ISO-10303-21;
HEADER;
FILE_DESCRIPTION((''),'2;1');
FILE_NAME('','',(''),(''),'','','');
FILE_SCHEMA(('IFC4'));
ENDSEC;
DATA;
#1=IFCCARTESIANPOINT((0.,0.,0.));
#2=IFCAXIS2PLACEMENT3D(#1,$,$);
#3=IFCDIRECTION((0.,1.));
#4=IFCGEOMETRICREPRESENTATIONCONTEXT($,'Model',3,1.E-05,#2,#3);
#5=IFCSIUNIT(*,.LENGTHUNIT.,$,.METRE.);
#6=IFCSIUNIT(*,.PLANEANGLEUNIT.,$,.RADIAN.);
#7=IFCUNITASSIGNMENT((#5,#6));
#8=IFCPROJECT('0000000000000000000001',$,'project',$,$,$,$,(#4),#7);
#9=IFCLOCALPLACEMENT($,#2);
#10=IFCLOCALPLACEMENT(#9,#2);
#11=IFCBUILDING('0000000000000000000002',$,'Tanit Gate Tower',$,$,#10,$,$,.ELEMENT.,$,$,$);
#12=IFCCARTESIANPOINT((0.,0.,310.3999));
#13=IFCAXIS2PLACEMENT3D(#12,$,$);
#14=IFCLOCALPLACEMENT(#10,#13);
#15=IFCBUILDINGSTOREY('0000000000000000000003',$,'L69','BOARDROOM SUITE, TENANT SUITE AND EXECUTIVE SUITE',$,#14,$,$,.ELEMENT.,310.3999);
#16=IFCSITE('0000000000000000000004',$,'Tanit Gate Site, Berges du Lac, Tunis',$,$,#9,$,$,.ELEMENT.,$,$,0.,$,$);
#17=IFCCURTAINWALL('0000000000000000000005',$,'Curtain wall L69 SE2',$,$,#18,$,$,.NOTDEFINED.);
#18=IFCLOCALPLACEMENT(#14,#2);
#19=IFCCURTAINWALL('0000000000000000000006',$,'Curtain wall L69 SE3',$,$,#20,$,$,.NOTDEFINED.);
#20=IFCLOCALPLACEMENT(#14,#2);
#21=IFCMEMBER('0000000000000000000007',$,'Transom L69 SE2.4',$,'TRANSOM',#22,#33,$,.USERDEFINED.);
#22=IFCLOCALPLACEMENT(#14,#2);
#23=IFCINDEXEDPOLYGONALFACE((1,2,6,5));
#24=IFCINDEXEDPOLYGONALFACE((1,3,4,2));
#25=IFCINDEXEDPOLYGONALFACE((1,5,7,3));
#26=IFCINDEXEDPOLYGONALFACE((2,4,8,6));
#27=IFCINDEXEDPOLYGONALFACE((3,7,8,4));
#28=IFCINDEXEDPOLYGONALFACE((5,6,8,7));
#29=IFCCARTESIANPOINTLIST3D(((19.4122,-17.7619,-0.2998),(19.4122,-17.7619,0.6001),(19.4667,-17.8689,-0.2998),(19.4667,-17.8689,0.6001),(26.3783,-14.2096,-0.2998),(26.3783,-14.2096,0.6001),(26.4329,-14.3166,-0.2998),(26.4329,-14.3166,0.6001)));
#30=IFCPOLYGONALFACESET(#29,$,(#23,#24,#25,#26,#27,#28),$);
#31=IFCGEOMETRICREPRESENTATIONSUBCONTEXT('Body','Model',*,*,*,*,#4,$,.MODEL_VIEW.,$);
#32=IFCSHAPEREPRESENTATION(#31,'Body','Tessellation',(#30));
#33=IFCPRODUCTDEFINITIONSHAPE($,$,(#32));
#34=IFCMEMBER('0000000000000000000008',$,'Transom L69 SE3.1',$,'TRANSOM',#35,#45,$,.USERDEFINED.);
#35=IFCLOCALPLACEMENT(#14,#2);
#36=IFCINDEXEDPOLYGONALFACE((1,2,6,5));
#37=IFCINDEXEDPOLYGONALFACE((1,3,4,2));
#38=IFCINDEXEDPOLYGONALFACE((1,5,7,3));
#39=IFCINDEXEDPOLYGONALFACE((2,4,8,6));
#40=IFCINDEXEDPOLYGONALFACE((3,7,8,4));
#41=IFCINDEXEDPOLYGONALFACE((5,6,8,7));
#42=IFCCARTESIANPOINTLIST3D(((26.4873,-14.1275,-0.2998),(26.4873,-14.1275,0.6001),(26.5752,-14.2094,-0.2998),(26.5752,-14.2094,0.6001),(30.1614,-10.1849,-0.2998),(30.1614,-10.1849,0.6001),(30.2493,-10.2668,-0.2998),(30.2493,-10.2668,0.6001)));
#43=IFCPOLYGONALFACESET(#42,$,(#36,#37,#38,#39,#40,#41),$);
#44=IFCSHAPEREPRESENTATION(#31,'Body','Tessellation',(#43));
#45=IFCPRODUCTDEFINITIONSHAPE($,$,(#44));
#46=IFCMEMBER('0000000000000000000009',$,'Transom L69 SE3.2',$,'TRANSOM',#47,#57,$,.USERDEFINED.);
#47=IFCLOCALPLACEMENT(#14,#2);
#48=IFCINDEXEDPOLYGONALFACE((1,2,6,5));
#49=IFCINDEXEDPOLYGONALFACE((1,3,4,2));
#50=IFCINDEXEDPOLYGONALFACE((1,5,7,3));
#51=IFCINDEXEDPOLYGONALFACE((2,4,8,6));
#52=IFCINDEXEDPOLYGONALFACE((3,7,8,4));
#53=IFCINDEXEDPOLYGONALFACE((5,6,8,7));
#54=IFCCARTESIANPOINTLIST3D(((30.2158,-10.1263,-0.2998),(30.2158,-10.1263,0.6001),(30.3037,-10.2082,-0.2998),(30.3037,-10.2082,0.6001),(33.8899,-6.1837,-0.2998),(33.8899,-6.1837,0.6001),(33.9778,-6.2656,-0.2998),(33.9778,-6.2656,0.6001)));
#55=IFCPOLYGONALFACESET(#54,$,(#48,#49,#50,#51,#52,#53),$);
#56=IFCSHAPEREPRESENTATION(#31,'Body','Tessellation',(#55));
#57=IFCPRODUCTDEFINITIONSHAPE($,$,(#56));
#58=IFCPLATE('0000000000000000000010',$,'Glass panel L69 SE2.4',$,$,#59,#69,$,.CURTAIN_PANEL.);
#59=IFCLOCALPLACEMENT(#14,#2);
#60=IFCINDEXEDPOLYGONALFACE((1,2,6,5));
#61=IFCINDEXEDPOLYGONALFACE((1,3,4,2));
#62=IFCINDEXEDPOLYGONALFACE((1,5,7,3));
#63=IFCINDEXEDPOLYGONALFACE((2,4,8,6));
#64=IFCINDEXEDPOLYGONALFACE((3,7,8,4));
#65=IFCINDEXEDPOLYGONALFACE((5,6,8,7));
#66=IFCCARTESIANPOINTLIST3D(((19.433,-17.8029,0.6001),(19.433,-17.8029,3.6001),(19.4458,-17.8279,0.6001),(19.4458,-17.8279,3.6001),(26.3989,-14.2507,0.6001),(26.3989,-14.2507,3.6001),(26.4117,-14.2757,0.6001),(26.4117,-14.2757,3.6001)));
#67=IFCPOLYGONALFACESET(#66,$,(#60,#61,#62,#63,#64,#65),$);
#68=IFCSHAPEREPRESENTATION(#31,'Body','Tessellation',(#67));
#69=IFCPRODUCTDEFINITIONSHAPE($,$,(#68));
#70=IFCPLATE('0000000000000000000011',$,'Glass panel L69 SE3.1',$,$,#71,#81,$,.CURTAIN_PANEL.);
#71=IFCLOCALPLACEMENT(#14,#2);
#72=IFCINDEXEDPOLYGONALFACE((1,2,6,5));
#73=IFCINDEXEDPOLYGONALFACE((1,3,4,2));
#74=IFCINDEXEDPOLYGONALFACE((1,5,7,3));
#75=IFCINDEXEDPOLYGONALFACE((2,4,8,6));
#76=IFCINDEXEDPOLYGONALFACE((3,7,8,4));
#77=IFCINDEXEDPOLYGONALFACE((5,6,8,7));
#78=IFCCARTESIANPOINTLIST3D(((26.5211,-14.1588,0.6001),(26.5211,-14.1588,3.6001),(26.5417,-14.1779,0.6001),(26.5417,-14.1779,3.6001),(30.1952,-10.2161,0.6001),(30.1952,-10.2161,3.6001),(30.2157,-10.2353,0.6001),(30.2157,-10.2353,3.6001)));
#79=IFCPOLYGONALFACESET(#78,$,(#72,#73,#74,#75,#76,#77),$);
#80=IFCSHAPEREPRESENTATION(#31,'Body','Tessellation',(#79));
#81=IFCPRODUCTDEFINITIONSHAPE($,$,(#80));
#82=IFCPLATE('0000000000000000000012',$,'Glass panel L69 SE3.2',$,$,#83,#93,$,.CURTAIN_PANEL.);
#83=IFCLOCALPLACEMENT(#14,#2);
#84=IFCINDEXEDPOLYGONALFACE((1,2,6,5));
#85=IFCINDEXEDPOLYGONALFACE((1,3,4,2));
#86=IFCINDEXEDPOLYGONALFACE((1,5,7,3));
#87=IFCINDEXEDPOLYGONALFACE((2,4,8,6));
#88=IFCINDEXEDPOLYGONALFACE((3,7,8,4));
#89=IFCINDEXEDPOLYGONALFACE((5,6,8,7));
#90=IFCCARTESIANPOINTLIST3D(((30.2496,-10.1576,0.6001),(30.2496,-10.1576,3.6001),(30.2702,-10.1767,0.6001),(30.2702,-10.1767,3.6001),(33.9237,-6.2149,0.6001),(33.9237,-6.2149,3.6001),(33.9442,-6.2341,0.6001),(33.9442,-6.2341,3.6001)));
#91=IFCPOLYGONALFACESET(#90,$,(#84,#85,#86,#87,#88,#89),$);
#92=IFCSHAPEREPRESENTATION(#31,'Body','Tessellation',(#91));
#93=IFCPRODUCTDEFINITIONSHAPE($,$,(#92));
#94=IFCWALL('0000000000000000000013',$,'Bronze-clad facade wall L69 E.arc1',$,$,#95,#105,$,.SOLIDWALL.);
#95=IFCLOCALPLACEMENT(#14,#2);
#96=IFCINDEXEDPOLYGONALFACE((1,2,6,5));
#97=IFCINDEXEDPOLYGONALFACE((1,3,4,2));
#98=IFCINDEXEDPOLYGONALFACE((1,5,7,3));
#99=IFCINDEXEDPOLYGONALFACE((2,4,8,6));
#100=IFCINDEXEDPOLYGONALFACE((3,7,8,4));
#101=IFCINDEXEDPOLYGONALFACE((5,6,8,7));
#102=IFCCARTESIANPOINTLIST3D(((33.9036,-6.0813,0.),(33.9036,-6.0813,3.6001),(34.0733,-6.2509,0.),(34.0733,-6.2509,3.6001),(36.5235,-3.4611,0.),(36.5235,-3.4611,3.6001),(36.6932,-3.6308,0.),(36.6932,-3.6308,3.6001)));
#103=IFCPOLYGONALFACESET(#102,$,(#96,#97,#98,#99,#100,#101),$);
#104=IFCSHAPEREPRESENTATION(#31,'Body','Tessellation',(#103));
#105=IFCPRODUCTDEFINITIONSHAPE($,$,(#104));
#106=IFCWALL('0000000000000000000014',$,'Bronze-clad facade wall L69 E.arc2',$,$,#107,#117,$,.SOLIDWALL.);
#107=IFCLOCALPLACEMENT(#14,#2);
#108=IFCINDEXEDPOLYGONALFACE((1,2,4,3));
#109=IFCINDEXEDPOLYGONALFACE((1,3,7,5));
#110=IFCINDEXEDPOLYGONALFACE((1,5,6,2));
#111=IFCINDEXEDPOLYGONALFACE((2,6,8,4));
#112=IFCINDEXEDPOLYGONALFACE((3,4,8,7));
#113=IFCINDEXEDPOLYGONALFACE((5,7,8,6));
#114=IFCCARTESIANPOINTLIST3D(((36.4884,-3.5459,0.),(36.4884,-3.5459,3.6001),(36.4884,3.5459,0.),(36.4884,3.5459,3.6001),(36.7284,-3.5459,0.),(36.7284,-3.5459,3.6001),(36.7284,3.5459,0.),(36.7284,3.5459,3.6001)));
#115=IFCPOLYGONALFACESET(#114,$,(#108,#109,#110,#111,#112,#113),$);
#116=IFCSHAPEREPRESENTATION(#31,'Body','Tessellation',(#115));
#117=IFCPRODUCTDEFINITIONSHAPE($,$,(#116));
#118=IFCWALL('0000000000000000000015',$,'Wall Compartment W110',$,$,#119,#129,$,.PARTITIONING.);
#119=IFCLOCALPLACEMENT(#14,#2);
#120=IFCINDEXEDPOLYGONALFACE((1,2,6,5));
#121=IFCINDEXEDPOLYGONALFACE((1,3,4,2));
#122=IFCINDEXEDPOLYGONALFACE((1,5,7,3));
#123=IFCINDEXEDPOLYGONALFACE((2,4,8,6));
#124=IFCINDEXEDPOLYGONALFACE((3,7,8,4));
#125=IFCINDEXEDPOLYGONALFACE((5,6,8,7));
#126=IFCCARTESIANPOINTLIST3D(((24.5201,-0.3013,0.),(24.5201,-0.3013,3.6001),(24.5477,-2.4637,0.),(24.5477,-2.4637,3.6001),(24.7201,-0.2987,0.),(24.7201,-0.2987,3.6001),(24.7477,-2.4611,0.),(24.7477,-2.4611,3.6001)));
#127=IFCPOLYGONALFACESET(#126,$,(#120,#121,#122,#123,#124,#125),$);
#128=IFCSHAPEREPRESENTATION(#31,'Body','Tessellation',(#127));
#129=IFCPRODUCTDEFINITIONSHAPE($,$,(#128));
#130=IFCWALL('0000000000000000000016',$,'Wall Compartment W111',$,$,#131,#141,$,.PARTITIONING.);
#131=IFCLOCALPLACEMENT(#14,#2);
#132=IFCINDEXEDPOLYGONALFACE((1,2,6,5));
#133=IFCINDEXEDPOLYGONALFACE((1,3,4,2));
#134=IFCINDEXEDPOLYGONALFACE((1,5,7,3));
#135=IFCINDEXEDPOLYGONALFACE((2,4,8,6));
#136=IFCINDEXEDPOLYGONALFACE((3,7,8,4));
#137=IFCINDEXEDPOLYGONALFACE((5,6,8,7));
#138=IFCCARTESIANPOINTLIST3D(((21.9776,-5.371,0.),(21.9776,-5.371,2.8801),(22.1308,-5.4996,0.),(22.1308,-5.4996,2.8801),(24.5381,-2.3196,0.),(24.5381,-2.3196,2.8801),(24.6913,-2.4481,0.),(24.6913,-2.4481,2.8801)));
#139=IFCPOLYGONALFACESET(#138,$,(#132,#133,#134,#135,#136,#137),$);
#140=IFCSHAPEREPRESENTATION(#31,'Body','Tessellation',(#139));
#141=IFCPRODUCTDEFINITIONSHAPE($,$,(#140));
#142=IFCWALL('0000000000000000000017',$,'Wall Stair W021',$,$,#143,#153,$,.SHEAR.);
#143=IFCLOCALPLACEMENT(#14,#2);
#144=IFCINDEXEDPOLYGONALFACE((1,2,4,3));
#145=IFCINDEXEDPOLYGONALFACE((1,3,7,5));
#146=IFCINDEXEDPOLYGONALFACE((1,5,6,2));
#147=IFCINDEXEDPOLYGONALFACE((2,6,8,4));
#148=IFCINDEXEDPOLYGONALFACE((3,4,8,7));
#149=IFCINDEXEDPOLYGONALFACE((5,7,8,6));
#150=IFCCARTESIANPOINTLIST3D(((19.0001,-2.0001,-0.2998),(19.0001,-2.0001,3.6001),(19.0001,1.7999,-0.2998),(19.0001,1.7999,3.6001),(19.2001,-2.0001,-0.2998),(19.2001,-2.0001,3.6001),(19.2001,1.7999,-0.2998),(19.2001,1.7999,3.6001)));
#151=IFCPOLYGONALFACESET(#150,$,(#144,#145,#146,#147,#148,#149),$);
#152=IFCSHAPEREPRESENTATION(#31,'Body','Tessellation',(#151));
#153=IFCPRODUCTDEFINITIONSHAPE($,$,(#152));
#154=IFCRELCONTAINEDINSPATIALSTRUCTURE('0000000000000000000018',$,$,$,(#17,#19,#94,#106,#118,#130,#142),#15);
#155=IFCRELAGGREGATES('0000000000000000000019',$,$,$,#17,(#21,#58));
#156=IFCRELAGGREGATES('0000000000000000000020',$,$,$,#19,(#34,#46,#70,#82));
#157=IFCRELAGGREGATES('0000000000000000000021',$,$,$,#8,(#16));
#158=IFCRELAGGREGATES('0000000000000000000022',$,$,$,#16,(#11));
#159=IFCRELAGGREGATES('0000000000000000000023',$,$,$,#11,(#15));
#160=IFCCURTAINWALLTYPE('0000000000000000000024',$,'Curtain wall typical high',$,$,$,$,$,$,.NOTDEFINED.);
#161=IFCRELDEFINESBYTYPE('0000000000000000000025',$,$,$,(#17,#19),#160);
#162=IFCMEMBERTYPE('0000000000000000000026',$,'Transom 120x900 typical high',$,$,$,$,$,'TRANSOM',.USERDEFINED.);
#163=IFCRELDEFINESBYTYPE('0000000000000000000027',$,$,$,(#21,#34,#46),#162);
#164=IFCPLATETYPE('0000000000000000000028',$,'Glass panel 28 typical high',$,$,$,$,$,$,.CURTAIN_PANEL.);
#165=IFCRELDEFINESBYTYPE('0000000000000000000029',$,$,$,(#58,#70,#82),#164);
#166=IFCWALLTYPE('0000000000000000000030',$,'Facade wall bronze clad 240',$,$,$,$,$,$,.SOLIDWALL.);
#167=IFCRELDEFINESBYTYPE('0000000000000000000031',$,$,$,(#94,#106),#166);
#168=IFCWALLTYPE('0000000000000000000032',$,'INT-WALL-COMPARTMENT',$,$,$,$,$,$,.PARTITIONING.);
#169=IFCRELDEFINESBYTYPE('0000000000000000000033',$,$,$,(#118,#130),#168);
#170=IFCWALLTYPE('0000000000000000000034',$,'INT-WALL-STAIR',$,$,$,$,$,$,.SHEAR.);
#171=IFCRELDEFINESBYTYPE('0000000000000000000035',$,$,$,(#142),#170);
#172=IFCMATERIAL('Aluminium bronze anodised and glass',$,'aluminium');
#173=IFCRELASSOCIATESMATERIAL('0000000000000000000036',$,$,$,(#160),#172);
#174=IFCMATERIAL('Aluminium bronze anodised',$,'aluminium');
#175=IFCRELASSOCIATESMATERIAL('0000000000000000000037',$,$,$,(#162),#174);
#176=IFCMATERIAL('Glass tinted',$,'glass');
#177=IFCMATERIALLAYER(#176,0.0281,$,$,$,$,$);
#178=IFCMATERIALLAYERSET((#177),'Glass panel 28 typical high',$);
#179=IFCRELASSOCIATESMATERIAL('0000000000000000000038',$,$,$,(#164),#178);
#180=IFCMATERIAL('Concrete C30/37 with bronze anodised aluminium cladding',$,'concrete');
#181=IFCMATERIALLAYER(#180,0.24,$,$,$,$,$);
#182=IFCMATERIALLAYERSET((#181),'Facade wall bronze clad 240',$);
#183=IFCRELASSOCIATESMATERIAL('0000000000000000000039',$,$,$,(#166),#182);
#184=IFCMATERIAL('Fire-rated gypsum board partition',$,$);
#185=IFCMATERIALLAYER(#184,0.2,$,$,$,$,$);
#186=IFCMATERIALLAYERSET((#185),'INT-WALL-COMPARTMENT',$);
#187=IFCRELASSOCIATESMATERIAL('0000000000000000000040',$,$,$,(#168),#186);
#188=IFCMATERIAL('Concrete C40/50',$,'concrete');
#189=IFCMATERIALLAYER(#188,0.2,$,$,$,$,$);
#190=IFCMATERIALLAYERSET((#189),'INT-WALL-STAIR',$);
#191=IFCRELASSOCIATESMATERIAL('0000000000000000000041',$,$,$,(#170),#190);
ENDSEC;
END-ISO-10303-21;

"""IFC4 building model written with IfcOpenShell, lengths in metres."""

from ifc_helpers import new_model, si_unit, direction, frame, frame_2d, origin, origin_2d, place, context, subcontext, project, spatial, rectangle, extrude, material, layer, layer_set, material_profile, profile_set, type_object, element, aggregate, save


model = new_model("IFC4")

# Units and contexts
model_context = context("Model", 3, precision=1e-05, world=origin(), true_north=direction((0.0, 1.0)))
body_context = subcontext(model_context, "Body", "Model", "MODEL_VIEW")
ifc_project = project(units=[si_unit("LENGTHUNIT", "METRE"), si_unit("PLANEANGLEUNIT", "RADIAN")], contexts=[model_context])

# Site, building, storey
site_placement = place(None, origin())
site = spatial("IfcSite", under=ifc_project, at=site_placement, Name="Tanit Gate Site, Berges du Lac, Tunis", CompositionType="ELEMENT", RefElevation=0.0)
building_placement = place(site_placement, origin())
building = spatial("IfcBuilding", under=site, at=building_placement, Name="Tanit Gate Tower", CompositionType="ELEMENT")
storey_placement = place(building_placement, frame((0.0, 0.0, 310.3999)))
storey = spatial("IfcBuildingStorey", under=building, at=storey_placement, Name="L69", Description="BOARDROOM SUITE, TENANT SUITE AND EXECUTIVE SUITE", CompositionType="ELEMENT", Elevation=310.3999)

# Curtain wall
ifc_material_1 = material(Name="Aluminium bronze anodised and glass", Category="aluminium")
curtain_wall_type = type_object("IfcCurtainWallType", Name="Curtain wall typical high", PredefinedType="NOTDEFINED", material=ifc_material_1)
curtain_wall_1_placement = place(storey_placement, origin())
curtain_wall_1 = element("IfcCurtainWall", 1, at=curtain_wall_1_placement, inside=storey, type_object=curtain_wall_type, Name="Curtain wall L69 SE2", PredefinedType="NOTDEFINED")

# Curtain wall
curtain_wall_2_placement = place(storey_placement, origin())
curtain_wall_2 = element("IfcCurtainWall", 2, at=curtain_wall_2_placement, inside=storey, type_object=curtain_wall_type, Name="Curtain wall L69 SE3", PredefinedType="NOTDEFINED")

# Members
ifc_material_2 = material(Name="Aluminium bronze anodised", Category="aluminium")
ifc_material_profile_1 = material_profile(ifc_material_2, rectangle(XDim=0.1201, YDim=0.8999, at=origin_2d()), Name="120x900 bronze transom")
ifc_profile_set_1 = profile_set([ifc_material_profile_1], Name="Aluminium bronze anodised")
member_type_1 = type_object("IfcMemberType", Name="Transom 120x900 typical high", ElementType="TRANSOM", PredefinedType="USERDEFINED", material=ifc_profile_set_1)
member_1_placement = place(storey_placement, frame((19.4395, -17.8154, 0.1501), z_axis=(0.890859, 0.454281, 0.0), x_axis=(-0.454281, 0.890859, 0.0)))
member_1 = element("IfcMember", 3, at=member_1_placement, type_object=member_type_1, Name="Transom L69 SE2.4", ObjectType="TRANSOM", PredefinedType="USERDEFINED", context=body_context, shape_type="SweptSolid", body=[
    extrude(rectangle(XDim=0.1201, YDim=0.8999, at=origin_2d()), origin(), (0.0, 0.0, 1.0), 7.8196),
])
member_2_placement = place(storey_placement, frame((26.5312, -14.1685, 0.1501), z_axis=(0.681752, 0.731584, 0.0), x_axis=(-0.731584, 0.681752, 0.0)))
member_2 = element("IfcMember", 4, at=member_2_placement, type_object=member_type_1, Name="Transom L69 SE3.1", ObjectType="TRANSOM", PredefinedType="USERDEFINED", context=body_context, shape_type="SweptSolid", body=[
    extrude(rectangle(XDim=0.1201, YDim=0.8999, at=origin_2d()), origin(), (0.0, 0.0, 1.0), 5.3892),
])
member_3_placement = place(storey_placement, frame((30.2598, -10.1672, 0.1501), z_axis=(0.681752, 0.731584, 0.0), x_axis=(-0.731584, 0.681752, 0.0)))
member_3 = element("IfcMember", 5, at=member_3_placement, type_object=member_type_1, Name="Transom L69 SE3.2", ObjectType="TRANSOM", PredefinedType="USERDEFINED", context=body_context, shape_type="SweptSolid", body=[
    extrude(rectangle(XDim=0.1201, YDim=0.8999, at=origin_2d()), origin(), (0.0, 0.0, 1.0), 5.3892),
])

# Plates
ifc_material_3 = material(Name="Glass tinted", Category="glass")
ifc_layer_1 = layer(ifc_material_3, 0.0281)
ifc_layer_set_1 = layer_set([ifc_layer_1], Name="Glass panel 28 typical high")
plate_type = type_object("IfcPlateType", Name="Glass panel 28 typical high", PredefinedType="CURTAIN_PANEL", material=ifc_layer_set_1)
plate_1_placement = place(storey_placement, frame((22.9224, -16.0393, 0.6001), z_axis=(0.0, 0.0, 1.0), x_axis=(0.890855, 0.454288, 0.0)))
plate_1 = element("IfcPlate", 6, at=plate_1_placement, type_object=plate_type, Name="Glass panel L69 SE2.4", PredefinedType="CURTAIN_PANEL", context=body_context, shape_type="SweptSolid", body=[
    extrude(rectangle(XDim=7.8193, YDim=0.0281, at=origin_2d()), origin(), (0.0, 0.0, 1.0), 3.0),
])
aggregate(curtain_wall_1, [member_1, plate_1])
plate_2_placement = place(storey_placement, frame((28.3684, -12.197, 0.6001), z_axis=(0.0, 0.0, 1.0), x_axis=(0.681748, 0.731587, 0.0)))
plate_2 = element("IfcPlate", 7, at=plate_2_placement, type_object=plate_type, Name="Glass panel L69 SE3.1", PredefinedType="CURTAIN_PANEL", context=body_context, shape_type="SweptSolid", body=[
    extrude(rectangle(XDim=5.3892, YDim=0.0281, at=origin_2d()), origin(), (0.0, 0.0, 1.0), 3.0),
])
plate_3_placement = place(storey_placement, frame((32.0969, -8.1958, 0.6001), z_axis=(0.0, 0.0, 1.0), x_axis=(0.681748, 0.731587, 0.0)))
plate_3 = element("IfcPlate", 8, at=plate_3_placement, type_object=plate_type, Name="Glass panel L69 SE3.2", PredefinedType="CURTAIN_PANEL", context=body_context, shape_type="SweptSolid", body=[
    extrude(rectangle(XDim=5.3892, YDim=0.0281, at=origin_2d()), origin(), (0.0, 0.0, 1.0), 3.0),
])
aggregate(curtain_wall_2, [member_2, member_3, plate_2, plate_3])

# Walls
ifc_material_4 = material(Name="Concrete C30/37 with bronze anodised aluminium cladding", Category="concrete")
ifc_layer_2 = layer(ifc_material_4, 0.24)
ifc_layer_set_2 = layer_set([ifc_layer_2], Name="Facade wall bronze clad 240")
wall_type_1 = type_object("IfcWallType", Name="Facade wall bronze clad 240", PredefinedType="SOLIDWALL", material=ifc_layer_set_2)
wall_1_placement = place(storey_placement, frame((33.9885, -6.166, 0.0), z_axis=(0.0, 0.0, 1.0), x_axis=(0.707074, 0.70714, 0.0)))
element("IfcWall", 9, at=wall_1_placement, inside=storey, type_object=wall_type_1, Name="Bronze-clad facade wall L69 E.arc1", PredefinedType="SOLIDWALL", context=body_context, shape_type="SweptSolid", body=[
    extrude(rectangle(XDim=3.7053, YDim=0.24, at=frame_2d((1.8525, 0.0))), origin(), (0.0, 0.0, 1.0), 3.6001),
])
wall_2_placement = place(storey_placement, frame((36.6084, -3.5459, 0.0), z_axis=(0.0, 0.0, 1.0), x_axis=(0.0, 1.0, 0.0)))
element("IfcWall", 10, at=wall_2_placement, inside=storey, type_object=wall_type_1, Name="Bronze-clad facade wall L69 E.arc2", PredefinedType="SOLIDWALL", context=body_context, shape_type="SweptSolid", body=[
    extrude(rectangle(XDim=7.0918, YDim=0.24, at=frame_2d((3.5459, 0.0))), origin(), (0.0, 0.0, 1.0), 3.6001),
])
ifc_material_5 = material(Name="Fire-rated gypsum board partition")
ifc_layer_3 = layer(ifc_material_5, 0.2)
ifc_layer_set_3 = layer_set([ifc_layer_3], Name="INT-WALL-COMPARTMENT")
wall_type_2 = type_object("IfcWallType", Name="INT-WALL-COMPARTMENT", PredefinedType="PARTITIONING", material=ifc_layer_set_3)
wall_3_placement = place(storey_placement, frame((24.6477, -2.4624, 0.0), z_axis=(0.0, 0.0, 1.0), x_axis=(-0.012757, 0.999919, 0.0)))
element("IfcWall", 11, at=wall_3_placement, inside=storey, type_object=wall_type_2, Name="Wall Compartment W110", PredefinedType="PARTITIONING", context=body_context, shape_type="SweptSolid", body=[
    extrude(rectangle(XDim=2.1626, YDim=0.2, at=frame_2d((1.0813, 0.0))), origin(), (0.0, 0.0, 1.0), 3.6001),
])
wall_4_placement = place(storey_placement, frame((22.0542, -5.4353, 0.0), z_axis=(0.0, 0.0, 1.0), x_axis=(0.642791, 0.766042, 0.0)))
element("IfcWall", 12, at=wall_4_placement, inside=storey, type_object=wall_type_2, Name="Wall Compartment W111", PredefinedType="PARTITIONING", context=body_context, shape_type="SweptSolid", body=[
    extrude(rectangle(XDim=3.9834, YDim=0.2, at=frame_2d((1.9917, 0.0))), origin(), (0.0, 0.0, 1.0), 2.8801),
])
ifc_material_6 = material(Name="Concrete C40/50", Category="concrete")
ifc_layer_4 = layer(ifc_material_6, 0.2)
ifc_layer_set_4 = layer_set([ifc_layer_4], Name="INT-WALL-STAIR")
wall_type_3 = type_object("IfcWallType", Name="INT-WALL-STAIR", PredefinedType="SHEAR", material=ifc_layer_set_4)
wall_5_placement = place(storey_placement, frame((19.1001, -2.0, -0.2998), z_axis=(0.0, 0.0, 1.0), x_axis=(0.0, 1.0, 0.0)))
element("IfcWall", 13, at=wall_5_placement, inside=storey, type_object=wall_type_3, Name="Wall Stair W021", PredefinedType="SHEAR", context=body_context, shape_type="SweptSolid", body=[
    extrude(rectangle(XDim=3.8, YDim=0.2, at=frame_2d((1.8999, 0.0))), origin(), (0.0, 0.0, 1.0), 3.8999),
])

save(model, "model.ifc")
